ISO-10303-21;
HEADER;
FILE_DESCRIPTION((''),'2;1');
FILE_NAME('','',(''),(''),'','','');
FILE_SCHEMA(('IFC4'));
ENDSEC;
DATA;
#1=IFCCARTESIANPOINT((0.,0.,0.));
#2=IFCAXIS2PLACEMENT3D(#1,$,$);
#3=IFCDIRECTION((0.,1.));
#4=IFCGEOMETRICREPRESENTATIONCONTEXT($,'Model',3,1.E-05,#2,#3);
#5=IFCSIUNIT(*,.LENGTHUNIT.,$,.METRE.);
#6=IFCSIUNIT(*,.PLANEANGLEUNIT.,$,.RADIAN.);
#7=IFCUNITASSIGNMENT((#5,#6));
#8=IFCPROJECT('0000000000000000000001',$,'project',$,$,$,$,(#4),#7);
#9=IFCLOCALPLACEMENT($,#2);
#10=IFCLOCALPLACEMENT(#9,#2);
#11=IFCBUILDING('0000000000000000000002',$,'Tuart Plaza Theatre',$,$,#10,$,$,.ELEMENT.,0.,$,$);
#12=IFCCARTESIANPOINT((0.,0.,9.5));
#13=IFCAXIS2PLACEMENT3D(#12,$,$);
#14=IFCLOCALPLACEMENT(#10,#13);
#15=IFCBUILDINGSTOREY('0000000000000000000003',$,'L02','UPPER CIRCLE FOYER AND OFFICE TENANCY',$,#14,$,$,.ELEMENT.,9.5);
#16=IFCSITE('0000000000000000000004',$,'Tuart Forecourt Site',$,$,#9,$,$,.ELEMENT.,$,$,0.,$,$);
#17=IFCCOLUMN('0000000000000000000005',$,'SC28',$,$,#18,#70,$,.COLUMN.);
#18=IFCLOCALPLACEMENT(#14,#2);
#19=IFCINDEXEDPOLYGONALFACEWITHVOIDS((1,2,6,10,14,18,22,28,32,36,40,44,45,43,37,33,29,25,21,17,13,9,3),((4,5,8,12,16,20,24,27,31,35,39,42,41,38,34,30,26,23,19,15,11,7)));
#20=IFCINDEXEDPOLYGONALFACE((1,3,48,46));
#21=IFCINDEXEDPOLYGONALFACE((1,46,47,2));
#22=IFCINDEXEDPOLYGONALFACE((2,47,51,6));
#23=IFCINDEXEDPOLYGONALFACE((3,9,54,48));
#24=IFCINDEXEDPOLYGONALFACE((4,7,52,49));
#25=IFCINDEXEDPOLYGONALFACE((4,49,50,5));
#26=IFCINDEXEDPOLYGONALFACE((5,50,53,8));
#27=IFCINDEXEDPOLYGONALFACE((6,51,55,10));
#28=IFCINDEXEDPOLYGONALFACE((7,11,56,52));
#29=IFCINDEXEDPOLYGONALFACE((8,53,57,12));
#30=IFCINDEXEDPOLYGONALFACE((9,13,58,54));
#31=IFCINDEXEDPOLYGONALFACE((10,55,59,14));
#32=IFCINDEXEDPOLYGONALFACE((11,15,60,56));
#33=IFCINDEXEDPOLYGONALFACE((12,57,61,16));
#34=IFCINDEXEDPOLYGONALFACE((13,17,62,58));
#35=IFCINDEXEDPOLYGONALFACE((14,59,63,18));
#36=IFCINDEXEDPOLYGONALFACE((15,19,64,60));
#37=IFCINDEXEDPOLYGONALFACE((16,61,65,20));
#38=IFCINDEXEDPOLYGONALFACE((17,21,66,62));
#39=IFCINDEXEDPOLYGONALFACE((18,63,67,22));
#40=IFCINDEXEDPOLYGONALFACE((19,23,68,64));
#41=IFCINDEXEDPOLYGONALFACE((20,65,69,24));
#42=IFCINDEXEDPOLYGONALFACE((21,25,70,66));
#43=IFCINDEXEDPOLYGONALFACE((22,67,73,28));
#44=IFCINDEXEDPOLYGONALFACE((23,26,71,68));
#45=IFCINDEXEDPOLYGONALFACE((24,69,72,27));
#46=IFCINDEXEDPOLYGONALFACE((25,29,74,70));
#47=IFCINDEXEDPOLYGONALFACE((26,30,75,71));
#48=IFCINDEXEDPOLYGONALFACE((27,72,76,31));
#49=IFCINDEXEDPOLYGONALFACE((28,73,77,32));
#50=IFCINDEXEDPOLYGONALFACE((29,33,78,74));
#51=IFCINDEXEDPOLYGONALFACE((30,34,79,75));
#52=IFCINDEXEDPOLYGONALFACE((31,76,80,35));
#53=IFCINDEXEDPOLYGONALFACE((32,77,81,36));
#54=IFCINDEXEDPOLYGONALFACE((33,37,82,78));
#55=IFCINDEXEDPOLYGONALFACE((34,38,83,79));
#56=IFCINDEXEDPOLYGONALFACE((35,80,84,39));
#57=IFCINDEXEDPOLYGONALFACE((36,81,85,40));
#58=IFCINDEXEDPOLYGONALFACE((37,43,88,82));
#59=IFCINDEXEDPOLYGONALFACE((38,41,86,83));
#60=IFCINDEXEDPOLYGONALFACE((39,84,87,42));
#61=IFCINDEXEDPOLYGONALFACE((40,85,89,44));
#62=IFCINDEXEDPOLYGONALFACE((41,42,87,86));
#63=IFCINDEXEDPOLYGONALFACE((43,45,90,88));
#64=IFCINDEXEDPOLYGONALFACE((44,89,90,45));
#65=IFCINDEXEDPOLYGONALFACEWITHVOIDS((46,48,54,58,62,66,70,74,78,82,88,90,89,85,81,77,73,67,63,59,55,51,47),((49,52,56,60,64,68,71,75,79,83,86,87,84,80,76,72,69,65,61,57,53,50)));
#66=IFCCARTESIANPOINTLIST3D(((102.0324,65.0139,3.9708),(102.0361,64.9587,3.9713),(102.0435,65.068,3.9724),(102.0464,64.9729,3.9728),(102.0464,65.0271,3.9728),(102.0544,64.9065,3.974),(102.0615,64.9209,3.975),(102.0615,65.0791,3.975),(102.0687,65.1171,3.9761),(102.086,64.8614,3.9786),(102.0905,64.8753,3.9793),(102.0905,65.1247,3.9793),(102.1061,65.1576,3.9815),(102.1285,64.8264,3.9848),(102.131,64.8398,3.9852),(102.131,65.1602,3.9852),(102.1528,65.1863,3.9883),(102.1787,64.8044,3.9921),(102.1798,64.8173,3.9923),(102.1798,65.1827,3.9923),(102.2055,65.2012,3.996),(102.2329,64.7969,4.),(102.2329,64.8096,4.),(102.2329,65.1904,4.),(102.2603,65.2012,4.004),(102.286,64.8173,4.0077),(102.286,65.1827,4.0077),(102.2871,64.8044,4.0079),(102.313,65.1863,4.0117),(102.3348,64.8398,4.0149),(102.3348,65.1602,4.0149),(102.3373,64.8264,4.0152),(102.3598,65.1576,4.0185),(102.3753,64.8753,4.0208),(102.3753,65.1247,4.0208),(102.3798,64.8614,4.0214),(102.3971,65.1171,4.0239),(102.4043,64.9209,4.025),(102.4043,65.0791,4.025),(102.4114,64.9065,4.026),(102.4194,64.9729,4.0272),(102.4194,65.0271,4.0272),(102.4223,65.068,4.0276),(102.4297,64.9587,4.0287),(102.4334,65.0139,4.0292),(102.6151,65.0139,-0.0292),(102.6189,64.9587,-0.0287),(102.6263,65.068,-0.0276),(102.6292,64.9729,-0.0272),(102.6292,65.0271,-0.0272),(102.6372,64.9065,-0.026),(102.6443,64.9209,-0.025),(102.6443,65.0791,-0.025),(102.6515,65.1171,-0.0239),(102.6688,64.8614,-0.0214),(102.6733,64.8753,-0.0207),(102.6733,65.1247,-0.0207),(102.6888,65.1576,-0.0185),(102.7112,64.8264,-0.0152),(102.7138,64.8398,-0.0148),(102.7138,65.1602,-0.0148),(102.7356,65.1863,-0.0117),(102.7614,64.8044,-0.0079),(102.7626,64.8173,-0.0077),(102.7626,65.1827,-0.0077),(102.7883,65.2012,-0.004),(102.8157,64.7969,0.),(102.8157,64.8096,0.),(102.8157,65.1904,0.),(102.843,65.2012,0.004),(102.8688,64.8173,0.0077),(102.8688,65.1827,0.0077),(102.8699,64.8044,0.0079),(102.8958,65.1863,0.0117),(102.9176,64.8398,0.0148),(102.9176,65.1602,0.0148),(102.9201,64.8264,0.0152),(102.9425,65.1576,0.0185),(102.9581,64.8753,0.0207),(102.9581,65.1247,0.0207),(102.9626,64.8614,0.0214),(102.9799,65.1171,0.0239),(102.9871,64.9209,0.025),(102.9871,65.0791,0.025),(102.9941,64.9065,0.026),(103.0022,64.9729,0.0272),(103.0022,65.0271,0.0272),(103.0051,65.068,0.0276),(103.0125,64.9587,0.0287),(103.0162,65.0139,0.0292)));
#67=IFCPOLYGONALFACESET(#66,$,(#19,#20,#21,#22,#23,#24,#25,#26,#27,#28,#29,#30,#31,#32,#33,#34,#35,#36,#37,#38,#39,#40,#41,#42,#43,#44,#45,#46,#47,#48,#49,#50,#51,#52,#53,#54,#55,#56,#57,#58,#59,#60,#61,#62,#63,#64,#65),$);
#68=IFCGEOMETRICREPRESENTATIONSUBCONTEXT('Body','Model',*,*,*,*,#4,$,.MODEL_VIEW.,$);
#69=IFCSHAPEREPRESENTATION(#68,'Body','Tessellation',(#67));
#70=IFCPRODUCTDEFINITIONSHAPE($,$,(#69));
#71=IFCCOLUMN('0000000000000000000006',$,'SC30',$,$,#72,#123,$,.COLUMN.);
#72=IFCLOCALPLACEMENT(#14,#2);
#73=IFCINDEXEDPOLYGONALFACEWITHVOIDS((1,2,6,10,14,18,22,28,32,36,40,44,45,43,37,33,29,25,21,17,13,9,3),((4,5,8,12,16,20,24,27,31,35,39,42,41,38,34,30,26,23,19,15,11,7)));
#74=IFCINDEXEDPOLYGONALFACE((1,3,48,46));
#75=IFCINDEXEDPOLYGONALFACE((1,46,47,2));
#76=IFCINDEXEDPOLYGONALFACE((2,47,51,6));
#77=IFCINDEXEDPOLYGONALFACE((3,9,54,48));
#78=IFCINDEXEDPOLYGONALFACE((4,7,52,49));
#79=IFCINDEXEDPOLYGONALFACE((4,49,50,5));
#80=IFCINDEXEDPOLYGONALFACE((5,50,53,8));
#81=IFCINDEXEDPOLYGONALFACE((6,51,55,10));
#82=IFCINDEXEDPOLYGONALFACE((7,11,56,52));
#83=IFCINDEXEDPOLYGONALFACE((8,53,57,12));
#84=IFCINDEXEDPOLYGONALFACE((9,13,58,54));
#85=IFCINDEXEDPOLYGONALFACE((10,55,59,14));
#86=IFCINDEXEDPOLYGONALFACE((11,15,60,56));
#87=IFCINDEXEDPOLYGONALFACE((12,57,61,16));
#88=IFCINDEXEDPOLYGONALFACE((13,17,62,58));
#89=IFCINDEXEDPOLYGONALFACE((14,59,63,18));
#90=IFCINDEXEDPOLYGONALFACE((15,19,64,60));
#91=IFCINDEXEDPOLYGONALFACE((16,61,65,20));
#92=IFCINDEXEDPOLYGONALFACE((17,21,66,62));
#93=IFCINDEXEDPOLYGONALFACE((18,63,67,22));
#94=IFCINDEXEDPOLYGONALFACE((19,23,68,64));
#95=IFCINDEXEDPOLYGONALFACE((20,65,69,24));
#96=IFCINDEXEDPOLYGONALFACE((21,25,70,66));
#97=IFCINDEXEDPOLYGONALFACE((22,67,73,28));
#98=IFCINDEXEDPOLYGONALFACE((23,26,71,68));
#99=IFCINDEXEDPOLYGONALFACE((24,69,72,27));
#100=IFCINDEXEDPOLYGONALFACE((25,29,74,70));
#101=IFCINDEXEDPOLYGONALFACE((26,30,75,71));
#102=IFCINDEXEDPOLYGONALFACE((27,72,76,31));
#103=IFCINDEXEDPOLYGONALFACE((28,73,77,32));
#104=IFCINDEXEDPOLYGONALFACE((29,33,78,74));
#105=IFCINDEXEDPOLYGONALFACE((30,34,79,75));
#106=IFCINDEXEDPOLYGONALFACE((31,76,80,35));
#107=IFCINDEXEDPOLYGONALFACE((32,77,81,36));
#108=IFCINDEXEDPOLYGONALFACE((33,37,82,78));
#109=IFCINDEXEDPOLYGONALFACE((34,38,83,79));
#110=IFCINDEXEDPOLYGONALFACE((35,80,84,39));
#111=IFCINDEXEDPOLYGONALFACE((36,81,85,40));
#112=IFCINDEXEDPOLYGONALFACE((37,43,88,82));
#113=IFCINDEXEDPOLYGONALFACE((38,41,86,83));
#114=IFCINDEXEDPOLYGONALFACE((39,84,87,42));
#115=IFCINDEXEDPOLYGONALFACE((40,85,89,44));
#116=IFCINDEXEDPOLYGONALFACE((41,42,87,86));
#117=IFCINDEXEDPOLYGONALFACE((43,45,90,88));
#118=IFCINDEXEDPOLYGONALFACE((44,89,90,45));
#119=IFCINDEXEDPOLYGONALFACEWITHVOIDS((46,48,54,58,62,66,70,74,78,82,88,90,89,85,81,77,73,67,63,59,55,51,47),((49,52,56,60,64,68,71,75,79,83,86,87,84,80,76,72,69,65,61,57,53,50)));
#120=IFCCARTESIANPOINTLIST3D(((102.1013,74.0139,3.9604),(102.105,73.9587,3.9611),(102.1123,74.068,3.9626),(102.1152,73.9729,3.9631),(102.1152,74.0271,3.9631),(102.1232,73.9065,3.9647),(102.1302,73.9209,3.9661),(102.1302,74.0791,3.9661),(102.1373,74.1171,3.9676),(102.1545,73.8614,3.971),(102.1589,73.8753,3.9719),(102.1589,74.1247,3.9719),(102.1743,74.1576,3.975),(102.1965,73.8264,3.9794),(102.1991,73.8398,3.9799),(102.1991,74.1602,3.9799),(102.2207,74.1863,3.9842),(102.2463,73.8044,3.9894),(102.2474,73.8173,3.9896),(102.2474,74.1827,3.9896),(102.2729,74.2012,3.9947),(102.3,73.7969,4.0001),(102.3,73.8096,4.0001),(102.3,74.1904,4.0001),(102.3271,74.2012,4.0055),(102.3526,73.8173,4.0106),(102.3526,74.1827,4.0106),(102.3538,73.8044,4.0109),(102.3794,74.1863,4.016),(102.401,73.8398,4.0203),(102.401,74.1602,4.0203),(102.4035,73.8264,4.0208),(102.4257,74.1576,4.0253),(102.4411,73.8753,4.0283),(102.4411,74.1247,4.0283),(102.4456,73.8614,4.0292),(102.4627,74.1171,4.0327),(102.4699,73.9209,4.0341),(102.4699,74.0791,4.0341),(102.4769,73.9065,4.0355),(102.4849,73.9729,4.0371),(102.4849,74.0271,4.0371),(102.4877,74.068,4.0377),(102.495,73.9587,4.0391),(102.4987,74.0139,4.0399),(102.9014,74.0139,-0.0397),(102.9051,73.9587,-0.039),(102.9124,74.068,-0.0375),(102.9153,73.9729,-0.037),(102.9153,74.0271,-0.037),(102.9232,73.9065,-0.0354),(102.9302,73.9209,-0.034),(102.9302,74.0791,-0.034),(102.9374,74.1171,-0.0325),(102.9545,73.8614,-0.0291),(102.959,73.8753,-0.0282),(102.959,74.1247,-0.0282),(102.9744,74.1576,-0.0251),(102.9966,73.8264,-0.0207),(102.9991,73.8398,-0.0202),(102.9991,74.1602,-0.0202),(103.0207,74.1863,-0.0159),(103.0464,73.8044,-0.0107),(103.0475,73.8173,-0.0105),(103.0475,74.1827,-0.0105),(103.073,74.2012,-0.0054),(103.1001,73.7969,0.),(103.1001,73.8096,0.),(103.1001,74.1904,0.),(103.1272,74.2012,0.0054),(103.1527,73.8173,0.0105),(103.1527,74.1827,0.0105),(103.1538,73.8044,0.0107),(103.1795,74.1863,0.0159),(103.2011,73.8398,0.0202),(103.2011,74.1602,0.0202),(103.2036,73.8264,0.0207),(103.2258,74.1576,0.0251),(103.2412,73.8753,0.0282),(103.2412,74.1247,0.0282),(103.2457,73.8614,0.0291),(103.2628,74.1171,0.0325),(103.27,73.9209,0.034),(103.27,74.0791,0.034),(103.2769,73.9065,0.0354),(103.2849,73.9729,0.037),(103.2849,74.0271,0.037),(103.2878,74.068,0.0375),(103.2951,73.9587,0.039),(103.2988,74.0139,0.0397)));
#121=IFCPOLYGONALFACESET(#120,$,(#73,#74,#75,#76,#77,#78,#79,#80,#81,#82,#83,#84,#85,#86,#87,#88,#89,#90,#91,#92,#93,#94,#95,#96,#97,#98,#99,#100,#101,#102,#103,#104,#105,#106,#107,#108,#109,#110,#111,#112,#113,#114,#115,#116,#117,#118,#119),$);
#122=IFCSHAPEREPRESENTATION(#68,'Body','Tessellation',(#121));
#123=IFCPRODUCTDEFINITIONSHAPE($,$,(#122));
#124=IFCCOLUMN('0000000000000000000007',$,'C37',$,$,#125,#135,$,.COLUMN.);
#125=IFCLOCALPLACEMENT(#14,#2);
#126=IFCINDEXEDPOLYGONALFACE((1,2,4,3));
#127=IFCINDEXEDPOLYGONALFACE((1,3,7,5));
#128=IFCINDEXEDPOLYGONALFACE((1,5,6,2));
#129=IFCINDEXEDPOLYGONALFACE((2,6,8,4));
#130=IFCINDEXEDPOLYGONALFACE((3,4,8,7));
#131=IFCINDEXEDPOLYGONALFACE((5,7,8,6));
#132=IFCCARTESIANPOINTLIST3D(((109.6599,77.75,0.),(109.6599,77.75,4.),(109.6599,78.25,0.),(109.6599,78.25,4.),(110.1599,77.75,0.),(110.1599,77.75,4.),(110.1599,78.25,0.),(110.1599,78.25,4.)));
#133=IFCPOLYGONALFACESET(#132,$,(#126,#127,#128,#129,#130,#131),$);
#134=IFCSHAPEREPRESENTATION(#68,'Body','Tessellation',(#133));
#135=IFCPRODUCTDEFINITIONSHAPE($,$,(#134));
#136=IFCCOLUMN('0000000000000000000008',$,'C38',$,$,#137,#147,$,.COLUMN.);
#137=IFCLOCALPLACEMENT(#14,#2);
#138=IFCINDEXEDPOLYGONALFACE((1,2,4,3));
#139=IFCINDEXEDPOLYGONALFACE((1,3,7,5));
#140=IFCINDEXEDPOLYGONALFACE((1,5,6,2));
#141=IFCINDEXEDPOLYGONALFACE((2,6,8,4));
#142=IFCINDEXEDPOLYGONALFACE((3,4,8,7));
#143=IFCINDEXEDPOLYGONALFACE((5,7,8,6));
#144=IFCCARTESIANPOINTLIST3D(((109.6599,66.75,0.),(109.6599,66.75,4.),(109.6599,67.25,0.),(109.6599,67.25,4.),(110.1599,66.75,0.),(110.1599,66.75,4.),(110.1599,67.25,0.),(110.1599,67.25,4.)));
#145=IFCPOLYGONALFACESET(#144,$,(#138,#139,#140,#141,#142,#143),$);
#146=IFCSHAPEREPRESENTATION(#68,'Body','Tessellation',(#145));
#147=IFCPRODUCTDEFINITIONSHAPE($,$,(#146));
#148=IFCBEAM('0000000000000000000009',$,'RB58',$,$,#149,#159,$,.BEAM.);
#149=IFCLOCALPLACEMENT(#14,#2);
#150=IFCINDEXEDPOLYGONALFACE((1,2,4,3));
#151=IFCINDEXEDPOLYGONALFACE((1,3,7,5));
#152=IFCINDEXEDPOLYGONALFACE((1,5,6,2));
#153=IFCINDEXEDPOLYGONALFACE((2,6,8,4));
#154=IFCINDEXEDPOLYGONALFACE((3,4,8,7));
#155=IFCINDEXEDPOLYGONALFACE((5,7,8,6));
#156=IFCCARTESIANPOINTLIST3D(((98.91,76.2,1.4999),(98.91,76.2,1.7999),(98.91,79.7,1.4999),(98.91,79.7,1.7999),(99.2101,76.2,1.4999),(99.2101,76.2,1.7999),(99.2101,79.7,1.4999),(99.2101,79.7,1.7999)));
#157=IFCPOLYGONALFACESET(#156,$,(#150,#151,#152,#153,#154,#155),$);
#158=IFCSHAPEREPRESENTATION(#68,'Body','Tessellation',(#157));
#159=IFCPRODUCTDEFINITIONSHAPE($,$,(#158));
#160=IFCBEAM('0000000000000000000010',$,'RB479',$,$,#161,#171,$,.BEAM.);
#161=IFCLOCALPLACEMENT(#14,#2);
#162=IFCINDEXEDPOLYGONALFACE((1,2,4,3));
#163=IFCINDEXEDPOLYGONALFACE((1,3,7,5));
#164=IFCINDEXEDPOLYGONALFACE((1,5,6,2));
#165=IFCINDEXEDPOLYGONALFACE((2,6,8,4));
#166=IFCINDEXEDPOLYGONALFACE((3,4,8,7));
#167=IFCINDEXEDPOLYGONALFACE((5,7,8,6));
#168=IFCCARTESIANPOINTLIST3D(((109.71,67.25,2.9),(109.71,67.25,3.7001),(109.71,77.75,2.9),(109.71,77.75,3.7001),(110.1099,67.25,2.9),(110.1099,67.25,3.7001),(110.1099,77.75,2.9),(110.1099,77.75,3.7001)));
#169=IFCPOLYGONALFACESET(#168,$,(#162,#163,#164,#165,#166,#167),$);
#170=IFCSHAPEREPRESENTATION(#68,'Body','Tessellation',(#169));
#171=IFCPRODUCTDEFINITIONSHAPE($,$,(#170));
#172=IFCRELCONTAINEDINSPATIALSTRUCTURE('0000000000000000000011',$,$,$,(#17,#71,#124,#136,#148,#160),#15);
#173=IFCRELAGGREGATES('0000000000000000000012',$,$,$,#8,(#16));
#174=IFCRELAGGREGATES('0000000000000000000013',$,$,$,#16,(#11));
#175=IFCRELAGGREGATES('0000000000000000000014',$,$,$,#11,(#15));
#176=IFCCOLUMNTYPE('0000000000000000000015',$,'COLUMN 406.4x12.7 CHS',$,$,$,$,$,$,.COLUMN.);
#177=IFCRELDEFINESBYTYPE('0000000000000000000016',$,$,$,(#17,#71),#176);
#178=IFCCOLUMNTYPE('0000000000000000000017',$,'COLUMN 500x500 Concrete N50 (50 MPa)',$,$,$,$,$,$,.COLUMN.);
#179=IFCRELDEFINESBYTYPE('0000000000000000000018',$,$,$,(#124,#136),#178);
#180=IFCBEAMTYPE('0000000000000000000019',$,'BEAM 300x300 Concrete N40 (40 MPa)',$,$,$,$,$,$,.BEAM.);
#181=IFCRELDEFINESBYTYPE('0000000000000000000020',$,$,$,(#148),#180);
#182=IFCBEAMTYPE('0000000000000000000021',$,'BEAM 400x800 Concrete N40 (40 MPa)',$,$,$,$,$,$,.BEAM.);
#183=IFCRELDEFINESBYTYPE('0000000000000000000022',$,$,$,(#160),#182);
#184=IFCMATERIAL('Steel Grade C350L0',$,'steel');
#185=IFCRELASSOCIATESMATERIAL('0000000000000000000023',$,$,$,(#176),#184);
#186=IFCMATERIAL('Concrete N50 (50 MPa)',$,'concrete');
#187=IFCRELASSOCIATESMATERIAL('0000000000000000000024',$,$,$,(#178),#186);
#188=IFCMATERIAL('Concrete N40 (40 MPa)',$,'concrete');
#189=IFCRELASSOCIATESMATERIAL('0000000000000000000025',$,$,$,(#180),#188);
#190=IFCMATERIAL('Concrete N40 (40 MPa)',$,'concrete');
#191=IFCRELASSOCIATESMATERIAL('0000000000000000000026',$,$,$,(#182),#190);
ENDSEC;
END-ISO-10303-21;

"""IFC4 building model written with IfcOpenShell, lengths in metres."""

from ifc_helpers import new_model, si_unit, direction, frame, origin, origin_2d, place, context, subcontext, project, spatial, rectangle, hollow_circle, extrude, material, material_profile, profile_set, type_object, element, save


model = new_model("IFC4")

# Units and contexts
model_context = context("Model", 3, precision=1e-05, world=origin(), true_north=direction((0.0, 1.0)))
body_context = subcontext(model_context, "Body", "Model", "MODEL_VIEW")
ifc_project = project(units=[si_unit("LENGTHUNIT", "METRE"), si_unit("PLANEANGLEUNIT", "RADIAN")], contexts=[model_context])

# Site, building, storey
site_placement = place(None, origin())
site = spatial("IfcSite", under=ifc_project, at=site_placement, Name="Tuart Forecourt Site", CompositionType="ELEMENT", RefElevation=0.0)
building_placement = place(site_placement, origin())
building = spatial("IfcBuilding", under=site, at=building_placement, Name="Tuart Plaza Theatre", CompositionType="ELEMENT", ElevationOfRefHeight=0.0)
storey_placement = place(building_placement, frame((0.0, 0.0, 9.5)))
storey = spatial("IfcBuildingStorey", under=building, at=storey_placement, Name="L02", Description="UPPER CIRCLE FOYER AND OFFICE TENANCY", CompositionType="ELEMENT", Elevation=9.5)

# Columns
ifc_material_1 = material(Name="Steel Grade C350L0", Category="steel")
ifc_material_profile_1 = material_profile(ifc_material_1, hollow_circle(Radius=0.2031, WallThickness=0.0127, at=origin_2d()), Name="406.4x12.7 CHS")
ifc_profile_set_1 = profile_set([ifc_material_profile_1], Name="Steel Grade C350L0")
column_type_1 = type_object("IfcColumnType", Name="COLUMN 406.4x12.7 CHS", PredefinedType="COLUMN", material=ifc_profile_set_1)
column_1_placement = place(storey_placement, frame((102.8157, 65.0, 0.0), z_axis=(-0.144169, 0.0, 0.989553), x_axis=(0.0, -1.0, 0.0)))
element("IfcColumn", 1, at=column_1_placement, inside=storey, type_object=column_type_1, Name="SC28", PredefinedType="COLUMN", context=body_context, shape_type="SweptSolid", body=[
    extrude(hollow_circle(Radius=0.2031, WallThickness=0.0127, at=origin_2d()), origin(), (0.0, 0.0, 1.0), 4.0422),
])
column_2_placement = place(storey_placement, frame((103.1001, 74.0, 0.0), z_axis=(-0.196128, 0.0, 0.980578), x_axis=(0.0, -1.0, 0.0)))
element("IfcColumn", 2, at=column_2_placement, inside=storey, type_object=column_type_1, Name="SC30", PredefinedType="COLUMN", context=body_context, shape_type="SweptSolid", body=[
    extrude(hollow_circle(Radius=0.2031, WallThickness=0.0127, at=origin_2d()), origin(), (0.0, 0.0, 1.0), 4.0793),
])
ifc_material_2 = material(Name="Concrete N50 (50 MPa)", Category="concrete")
ifc_material_profile_2 = material_profile(ifc_material_2, rectangle(XDim=0.5, YDim=0.5, at=origin_2d()), Name="COLUMN 500x500 Concrete N50 (50 MPa)")
ifc_profile_set_2 = profile_set([ifc_material_profile_2], Name="Concrete N50 (50 MPa)")
column_type_2 = type_object("IfcColumnType", Name="COLUMN 500x500 Concrete N50 (50 MPa)", PredefinedType="COLUMN", material=ifc_profile_set_2)
for number, where, z_axis, x_axis, name in (
    (3, (109.9099, 78.0, 0.0), (0.0, 0.0, 1.0), (1.0, 0.0, 0.0), "C37"),
    (4, (109.9099, 67.0, 0.0), (0.0, 0.0, 1.0), (1.0, 0.0, 0.0), "C38"),
):
    element("IfcColumn", number, at=place(storey_placement, frame(where, z_axis=z_axis, x_axis=x_axis)), inside=storey, type_object=column_type_2, Name=name, PredefinedType="COLUMN", context=body_context, shape_type="SweptSolid", body=[
        extrude(rectangle(XDim=0.5, YDim=0.5, at=origin_2d()), origin(), (0.0, 0.0, 1.0), 4.0),
    ])

# Beams
ifc_material_3 = material(Name="Concrete N40 (40 MPa)", Category="concrete")
ifc_material_profile_3 = material_profile(ifc_material_3, rectangle(XDim=0.3, YDim=0.3, at=origin_2d()), Name="BEAM 300x300 Concrete N40 (40 MPa)")
ifc_profile_set_3 = profile_set([ifc_material_profile_3], Name="Concrete N40 (40 MPa)")
beam_type_1 = type_object("IfcBeamType", Name="BEAM 300x300 Concrete N40 (40 MPa)", PredefinedType="BEAM", material=ifc_profile_set_3)
beam_1_placement = place(storey_placement, frame((99.0601, 76.2, 1.6499), z_axis=(0.0, 1.0, 0.0), x_axis=(-1.0, 0.0, 0.0)))
element("IfcBeam", 5, at=beam_1_placement, inside=storey, type_object=beam_type_1, Name="RB58", PredefinedType="BEAM", context=body_context, shape_type="SweptSolid", body=[
    extrude(rectangle(XDim=0.3, YDim=0.3, at=origin_2d()), origin(), (0.0, 0.0, 1.0), 3.5),
])
ifc_material_4 = material(Name="Concrete N40 (40 MPa)", Category="concrete")
ifc_material_profile_4 = material_profile(ifc_material_4, rectangle(XDim=0.3999, YDim=0.8, at=origin_2d()), Name="BEAM 400x800 Concrete N40 (40 MPa)")
ifc_profile_set_4 = profile_set([ifc_material_profile_4], Name="Concrete N40 (40 MPa)")
beam_type_2 = type_object("IfcBeamType", Name="BEAM 400x800 Concrete N40 (40 MPa)", PredefinedType="BEAM", material=ifc_profile_set_4)
beam_2_placement = place(storey_placement, frame((109.9099, 77.75, 3.3), z_axis=(0.0, -1.0, 0.0), x_axis=(1.0, 0.0, 0.0)))
element("IfcBeam", 6, at=beam_2_placement, inside=storey, type_object=beam_type_2, Name="RB479", PredefinedType="BEAM", context=body_context, shape_type="SweptSolid", body=[
    extrude(rectangle(XDim=0.3999, YDim=0.8, at=origin_2d()), origin(), (0.0, 0.0, 1.0), 10.5),
])

save(model, "model.ifc")
